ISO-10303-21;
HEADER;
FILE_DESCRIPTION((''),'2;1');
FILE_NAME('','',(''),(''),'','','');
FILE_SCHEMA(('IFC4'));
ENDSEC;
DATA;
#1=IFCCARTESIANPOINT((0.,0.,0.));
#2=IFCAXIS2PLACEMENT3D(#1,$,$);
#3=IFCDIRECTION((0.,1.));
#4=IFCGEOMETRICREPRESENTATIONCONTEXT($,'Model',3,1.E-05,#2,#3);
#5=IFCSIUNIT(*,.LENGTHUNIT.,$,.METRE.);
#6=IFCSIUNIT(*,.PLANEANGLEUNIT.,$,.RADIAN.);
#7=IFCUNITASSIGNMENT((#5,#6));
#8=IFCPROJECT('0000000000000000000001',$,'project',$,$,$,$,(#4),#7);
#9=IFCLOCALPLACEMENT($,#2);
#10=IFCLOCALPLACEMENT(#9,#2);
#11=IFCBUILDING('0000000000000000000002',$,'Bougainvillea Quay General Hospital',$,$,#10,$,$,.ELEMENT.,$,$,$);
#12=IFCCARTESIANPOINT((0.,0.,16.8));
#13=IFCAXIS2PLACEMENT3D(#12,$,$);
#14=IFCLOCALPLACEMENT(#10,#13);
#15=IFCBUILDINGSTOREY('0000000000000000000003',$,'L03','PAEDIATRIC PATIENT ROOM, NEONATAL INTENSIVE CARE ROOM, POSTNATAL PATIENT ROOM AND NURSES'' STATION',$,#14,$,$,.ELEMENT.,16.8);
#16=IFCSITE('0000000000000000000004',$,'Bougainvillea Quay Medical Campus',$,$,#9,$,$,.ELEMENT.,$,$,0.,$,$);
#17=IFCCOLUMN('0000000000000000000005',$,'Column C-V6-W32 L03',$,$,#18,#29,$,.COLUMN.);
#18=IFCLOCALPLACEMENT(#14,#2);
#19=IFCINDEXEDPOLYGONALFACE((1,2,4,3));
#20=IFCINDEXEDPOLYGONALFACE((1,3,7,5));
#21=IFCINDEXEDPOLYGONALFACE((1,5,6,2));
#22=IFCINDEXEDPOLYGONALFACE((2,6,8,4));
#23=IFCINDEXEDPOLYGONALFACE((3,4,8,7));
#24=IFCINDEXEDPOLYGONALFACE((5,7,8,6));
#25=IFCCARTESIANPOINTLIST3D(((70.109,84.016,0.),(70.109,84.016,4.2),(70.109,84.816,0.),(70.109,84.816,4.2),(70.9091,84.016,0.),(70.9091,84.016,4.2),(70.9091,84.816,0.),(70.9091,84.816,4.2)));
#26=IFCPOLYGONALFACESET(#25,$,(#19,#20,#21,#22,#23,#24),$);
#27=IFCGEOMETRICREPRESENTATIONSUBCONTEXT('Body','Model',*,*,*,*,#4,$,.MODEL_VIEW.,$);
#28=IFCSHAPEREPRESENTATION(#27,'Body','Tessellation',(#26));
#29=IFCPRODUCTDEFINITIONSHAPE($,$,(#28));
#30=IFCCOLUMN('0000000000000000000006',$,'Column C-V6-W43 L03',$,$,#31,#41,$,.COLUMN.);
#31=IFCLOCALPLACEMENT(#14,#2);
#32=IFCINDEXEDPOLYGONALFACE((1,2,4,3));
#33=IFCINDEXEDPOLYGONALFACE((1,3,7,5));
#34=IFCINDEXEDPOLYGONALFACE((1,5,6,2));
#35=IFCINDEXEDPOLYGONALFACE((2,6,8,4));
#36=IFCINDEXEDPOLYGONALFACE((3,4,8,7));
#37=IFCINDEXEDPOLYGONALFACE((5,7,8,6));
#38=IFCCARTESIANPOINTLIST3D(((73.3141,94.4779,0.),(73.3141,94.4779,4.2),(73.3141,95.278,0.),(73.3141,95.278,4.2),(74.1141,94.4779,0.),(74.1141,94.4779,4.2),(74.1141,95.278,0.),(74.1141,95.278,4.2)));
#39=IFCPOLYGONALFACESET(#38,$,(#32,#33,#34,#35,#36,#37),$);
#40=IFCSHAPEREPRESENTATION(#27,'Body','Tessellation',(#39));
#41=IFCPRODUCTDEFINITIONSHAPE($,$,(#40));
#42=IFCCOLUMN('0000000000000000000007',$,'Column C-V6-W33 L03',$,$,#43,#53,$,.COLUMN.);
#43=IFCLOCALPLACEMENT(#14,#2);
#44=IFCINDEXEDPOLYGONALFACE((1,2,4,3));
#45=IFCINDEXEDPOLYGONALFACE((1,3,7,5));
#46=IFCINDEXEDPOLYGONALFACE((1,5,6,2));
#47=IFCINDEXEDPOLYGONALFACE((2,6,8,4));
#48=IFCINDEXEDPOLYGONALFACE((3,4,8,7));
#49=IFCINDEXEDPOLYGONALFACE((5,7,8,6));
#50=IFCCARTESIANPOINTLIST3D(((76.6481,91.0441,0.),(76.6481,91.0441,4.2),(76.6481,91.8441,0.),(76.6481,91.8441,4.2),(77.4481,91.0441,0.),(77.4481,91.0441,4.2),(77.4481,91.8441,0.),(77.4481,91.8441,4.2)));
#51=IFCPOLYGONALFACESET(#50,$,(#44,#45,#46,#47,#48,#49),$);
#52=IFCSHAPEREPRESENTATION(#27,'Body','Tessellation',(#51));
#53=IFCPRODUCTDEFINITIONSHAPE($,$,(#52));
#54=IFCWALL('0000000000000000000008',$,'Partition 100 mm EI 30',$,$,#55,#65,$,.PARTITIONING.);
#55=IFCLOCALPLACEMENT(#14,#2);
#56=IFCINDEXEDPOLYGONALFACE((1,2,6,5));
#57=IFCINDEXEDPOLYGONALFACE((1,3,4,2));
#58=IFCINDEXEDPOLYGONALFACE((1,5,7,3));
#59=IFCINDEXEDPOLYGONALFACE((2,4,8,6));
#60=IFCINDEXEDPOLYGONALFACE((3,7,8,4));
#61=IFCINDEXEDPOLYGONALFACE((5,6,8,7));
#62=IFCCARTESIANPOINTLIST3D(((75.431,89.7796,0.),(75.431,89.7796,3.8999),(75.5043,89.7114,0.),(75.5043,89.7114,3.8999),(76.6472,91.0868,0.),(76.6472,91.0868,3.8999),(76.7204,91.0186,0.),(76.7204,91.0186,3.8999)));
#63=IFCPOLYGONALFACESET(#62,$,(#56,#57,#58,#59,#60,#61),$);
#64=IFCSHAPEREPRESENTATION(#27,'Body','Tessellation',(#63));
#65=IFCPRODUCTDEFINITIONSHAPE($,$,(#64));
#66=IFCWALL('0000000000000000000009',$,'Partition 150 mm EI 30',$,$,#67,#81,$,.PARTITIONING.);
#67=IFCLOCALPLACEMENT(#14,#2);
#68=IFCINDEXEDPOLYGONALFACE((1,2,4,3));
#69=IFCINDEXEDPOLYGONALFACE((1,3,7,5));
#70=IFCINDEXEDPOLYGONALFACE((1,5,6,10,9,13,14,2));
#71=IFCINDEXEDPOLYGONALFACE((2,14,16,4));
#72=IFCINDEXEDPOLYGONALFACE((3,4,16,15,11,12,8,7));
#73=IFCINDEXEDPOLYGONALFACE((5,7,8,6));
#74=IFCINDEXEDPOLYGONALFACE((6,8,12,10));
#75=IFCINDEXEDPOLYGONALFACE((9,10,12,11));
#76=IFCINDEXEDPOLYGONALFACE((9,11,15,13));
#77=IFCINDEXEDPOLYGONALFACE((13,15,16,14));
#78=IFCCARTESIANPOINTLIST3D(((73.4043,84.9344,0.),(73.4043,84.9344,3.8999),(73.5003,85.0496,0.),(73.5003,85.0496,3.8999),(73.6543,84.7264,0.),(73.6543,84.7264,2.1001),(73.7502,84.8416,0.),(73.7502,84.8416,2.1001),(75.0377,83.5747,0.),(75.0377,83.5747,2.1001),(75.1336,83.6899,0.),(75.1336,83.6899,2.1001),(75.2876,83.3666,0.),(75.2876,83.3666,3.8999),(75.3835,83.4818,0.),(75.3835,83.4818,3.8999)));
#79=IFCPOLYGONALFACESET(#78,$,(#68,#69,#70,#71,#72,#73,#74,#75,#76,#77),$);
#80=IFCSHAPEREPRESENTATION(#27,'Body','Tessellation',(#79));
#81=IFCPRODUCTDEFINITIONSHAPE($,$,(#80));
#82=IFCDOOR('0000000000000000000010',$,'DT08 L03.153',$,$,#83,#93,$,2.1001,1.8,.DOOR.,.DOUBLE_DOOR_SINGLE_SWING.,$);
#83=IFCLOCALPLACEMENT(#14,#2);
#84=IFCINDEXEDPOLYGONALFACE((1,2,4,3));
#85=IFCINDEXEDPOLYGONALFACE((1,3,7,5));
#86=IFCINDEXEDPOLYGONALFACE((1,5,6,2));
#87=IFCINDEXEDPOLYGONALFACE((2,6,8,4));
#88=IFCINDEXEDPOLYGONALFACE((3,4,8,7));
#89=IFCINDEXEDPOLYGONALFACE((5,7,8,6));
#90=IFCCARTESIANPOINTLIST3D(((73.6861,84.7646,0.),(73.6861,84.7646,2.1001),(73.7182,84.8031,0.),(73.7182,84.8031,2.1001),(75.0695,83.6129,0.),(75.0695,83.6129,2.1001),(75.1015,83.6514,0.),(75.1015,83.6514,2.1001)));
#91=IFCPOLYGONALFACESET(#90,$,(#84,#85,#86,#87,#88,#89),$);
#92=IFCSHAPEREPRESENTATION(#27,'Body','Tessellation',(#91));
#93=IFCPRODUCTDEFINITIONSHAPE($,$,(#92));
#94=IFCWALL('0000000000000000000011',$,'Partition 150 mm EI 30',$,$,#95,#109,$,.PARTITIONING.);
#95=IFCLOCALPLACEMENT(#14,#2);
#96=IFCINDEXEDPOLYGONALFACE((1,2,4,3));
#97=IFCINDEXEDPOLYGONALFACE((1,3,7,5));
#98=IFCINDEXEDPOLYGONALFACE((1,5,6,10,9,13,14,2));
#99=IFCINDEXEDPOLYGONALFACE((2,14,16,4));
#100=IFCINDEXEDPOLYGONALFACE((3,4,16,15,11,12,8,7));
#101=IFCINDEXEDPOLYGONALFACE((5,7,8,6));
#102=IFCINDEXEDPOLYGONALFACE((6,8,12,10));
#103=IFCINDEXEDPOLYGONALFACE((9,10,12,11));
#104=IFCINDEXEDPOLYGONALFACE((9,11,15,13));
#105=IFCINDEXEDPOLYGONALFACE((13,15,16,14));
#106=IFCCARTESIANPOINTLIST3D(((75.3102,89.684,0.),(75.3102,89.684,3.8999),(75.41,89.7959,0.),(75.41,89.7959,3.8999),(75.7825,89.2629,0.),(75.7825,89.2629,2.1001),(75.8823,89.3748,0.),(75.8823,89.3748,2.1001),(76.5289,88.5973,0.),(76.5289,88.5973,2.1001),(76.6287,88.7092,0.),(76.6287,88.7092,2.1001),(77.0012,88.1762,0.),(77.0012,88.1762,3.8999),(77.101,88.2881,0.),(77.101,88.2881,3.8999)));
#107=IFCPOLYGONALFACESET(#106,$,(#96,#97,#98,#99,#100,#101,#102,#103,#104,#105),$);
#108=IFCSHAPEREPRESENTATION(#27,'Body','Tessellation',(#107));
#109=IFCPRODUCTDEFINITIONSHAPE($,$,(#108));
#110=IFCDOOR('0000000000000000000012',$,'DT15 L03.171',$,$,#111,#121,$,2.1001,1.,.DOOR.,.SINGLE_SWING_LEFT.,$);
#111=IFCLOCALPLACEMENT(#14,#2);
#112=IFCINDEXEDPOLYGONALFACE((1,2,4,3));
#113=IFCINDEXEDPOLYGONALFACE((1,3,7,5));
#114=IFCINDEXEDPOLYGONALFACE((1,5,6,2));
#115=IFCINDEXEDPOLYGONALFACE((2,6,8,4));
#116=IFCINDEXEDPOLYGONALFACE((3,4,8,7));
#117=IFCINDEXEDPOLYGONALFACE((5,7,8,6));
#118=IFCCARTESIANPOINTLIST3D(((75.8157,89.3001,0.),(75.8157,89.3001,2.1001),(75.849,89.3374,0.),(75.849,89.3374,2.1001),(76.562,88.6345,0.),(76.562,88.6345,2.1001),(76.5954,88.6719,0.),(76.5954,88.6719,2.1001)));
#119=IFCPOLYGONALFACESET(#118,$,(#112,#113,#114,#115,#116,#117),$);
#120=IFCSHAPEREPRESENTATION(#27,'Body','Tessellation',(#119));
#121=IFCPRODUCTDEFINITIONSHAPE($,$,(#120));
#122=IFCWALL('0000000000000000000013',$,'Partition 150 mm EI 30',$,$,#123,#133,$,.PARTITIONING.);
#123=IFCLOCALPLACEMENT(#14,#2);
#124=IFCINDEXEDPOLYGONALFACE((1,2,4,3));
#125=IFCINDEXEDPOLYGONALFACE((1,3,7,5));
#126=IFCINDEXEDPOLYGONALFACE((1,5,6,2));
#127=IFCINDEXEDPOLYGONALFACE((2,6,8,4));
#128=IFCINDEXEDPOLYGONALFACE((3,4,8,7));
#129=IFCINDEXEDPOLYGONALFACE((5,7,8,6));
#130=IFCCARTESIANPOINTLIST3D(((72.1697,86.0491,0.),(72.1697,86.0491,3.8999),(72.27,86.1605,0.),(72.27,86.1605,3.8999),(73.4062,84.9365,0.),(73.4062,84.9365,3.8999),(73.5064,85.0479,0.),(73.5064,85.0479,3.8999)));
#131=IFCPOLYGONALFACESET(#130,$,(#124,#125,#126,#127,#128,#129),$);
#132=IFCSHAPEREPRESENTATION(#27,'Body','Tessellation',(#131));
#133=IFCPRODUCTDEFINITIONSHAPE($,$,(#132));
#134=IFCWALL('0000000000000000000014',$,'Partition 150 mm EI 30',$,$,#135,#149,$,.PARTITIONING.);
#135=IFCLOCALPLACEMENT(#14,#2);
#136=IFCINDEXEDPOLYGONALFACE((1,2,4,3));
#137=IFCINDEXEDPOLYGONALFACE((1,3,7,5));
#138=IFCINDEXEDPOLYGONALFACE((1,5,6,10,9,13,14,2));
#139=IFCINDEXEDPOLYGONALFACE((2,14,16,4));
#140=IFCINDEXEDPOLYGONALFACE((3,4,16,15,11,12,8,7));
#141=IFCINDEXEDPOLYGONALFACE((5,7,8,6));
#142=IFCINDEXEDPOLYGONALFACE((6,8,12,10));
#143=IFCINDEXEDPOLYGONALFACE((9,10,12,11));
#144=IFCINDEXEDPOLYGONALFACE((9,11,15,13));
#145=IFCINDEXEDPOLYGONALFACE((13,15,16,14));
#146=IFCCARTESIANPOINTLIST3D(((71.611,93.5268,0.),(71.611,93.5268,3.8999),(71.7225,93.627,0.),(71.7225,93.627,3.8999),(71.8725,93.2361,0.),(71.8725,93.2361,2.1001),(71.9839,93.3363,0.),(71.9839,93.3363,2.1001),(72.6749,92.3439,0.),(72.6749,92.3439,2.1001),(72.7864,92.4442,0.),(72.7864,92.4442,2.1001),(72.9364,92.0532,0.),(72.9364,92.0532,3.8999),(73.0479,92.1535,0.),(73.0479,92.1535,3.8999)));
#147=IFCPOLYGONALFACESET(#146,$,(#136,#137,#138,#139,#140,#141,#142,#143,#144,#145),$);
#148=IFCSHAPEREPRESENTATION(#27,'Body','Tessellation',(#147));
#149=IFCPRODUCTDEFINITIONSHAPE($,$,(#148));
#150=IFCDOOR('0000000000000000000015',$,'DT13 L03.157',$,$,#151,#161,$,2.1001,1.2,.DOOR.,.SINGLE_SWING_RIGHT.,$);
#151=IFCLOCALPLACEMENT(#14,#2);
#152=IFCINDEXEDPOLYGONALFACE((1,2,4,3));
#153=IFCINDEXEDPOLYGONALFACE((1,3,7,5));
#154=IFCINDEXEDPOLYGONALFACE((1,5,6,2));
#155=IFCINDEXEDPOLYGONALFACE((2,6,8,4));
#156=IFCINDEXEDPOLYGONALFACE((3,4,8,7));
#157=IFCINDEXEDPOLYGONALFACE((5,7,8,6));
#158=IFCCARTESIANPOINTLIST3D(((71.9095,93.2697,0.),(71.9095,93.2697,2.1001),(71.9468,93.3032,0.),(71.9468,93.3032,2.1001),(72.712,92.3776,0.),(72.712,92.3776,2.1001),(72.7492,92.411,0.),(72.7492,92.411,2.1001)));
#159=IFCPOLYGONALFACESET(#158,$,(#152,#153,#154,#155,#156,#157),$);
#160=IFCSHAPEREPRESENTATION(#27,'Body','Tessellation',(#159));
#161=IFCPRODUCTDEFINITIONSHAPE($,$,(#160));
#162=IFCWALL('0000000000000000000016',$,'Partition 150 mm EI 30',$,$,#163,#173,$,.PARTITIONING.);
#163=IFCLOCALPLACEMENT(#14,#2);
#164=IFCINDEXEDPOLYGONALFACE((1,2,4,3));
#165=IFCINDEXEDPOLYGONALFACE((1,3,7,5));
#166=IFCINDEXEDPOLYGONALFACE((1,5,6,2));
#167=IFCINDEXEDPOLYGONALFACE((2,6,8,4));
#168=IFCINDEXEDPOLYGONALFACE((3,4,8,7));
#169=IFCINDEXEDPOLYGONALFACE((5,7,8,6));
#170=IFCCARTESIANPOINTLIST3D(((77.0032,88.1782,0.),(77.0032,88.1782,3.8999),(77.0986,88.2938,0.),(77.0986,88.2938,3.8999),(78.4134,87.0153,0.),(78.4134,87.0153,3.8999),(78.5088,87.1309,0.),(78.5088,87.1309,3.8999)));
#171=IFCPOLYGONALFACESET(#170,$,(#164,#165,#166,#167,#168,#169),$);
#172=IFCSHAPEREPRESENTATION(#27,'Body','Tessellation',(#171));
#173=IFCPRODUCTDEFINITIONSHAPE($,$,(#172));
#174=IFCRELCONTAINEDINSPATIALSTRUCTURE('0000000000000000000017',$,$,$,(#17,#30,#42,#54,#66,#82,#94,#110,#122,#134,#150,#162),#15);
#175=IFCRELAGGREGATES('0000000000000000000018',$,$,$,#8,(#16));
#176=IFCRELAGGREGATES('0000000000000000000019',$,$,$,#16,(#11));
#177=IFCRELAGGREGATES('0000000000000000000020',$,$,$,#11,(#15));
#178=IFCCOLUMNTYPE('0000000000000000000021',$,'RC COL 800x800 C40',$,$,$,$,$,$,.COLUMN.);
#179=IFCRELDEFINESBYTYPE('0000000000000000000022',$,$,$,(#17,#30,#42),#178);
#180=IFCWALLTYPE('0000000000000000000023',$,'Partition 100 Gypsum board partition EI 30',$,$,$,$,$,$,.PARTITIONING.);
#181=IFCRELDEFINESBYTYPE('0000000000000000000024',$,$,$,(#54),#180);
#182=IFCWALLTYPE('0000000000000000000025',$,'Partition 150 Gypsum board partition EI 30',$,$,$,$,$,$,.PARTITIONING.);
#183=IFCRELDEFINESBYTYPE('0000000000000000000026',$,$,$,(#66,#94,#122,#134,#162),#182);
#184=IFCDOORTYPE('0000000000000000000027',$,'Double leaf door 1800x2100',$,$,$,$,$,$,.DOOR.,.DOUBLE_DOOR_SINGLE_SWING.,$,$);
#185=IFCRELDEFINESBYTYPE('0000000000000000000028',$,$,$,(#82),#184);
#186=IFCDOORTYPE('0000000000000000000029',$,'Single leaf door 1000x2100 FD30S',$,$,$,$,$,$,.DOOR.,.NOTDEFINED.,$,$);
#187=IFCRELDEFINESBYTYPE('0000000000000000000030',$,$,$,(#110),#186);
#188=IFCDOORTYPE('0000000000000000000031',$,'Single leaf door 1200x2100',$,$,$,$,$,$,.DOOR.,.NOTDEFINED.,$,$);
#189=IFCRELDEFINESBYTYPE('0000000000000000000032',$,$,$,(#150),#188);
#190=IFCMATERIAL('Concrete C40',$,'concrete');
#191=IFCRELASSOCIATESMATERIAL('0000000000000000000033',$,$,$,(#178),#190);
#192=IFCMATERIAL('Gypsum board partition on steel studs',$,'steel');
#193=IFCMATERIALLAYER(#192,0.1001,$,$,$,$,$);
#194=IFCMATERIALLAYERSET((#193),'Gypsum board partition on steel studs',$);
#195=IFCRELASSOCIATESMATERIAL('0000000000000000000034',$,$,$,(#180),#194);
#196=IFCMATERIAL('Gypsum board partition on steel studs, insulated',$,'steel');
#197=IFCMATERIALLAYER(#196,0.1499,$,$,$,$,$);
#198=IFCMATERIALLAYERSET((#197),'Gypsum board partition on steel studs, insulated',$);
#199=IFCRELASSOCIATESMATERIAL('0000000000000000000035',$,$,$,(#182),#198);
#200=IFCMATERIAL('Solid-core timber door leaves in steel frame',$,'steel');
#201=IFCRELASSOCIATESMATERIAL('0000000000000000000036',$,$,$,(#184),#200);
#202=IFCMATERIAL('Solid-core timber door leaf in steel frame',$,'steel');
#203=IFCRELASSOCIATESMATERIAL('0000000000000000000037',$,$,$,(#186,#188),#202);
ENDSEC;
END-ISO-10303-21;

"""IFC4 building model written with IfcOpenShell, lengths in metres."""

from ifc_helpers import new_model, si_unit, direction, frame, frame_2d, origin, origin_2d, place, context, subcontext, project, spatial, rectangle, extrude, material, layer, layer_set, material_profile, profile_set, type_object, element, fill, save


model = new_model("IFC4")

# Units and contexts
model_context = context("Model", 3, precision=1e-05, world=origin(), true_north=direction((0.0, 1.0)))
body_context = subcontext(model_context, "Body", "Model", "MODEL_VIEW")
ifc_project = project(units=[si_unit("LENGTHUNIT", "METRE"), si_unit("PLANEANGLEUNIT", "RADIAN")], contexts=[model_context])

# Site, building, storey
site_placement = place(None, origin())
site = spatial("IfcSite", under=ifc_project, at=site_placement, Name="Bougainvillea Quay Medical Campus", CompositionType="ELEMENT", RefElevation=0.0)
building_placement = place(site_placement, origin())
building = spatial("IfcBuilding", under=site, at=building_placement, Name="Bougainvillea Quay General Hospital", CompositionType="ELEMENT")
storey_placement = place(building_placement, frame((0.0, 0.0, 16.8)))
storey = spatial("IfcBuildingStorey", under=building, at=storey_placement, Name="L03", Description="PAEDIATRIC PATIENT ROOM, NEONATAL INTENSIVE CARE ROOM, POSTNATAL PATIENT ROOM AND NURSES' STATION", CompositionType="ELEMENT", Elevation=16.8)

# Columns
ifc_material_1 = material(Name="Concrete C40", Category="concrete")
ifc_material_profile = material_profile(ifc_material_1, rectangle(XDim=0.8, YDim=0.8, at=origin_2d()))
ifc_profile_set = profile_set([ifc_material_profile], Name="Concrete C40")
column_type = type_object("IfcColumnType", Name="RC COL 800x800 C40", PredefinedType="COLUMN", material=ifc_profile_set)
for number, where, z_axis, x_axis, name in (
    (1, (70.509, 84.416, 0.0), (0.0, 0.0, 1.0), (1.0, 0.0, 0.0), "Column C-V6-W32 L03"),
    (2, (73.7141, 94.8779, 0.0), (0.0, 0.0, 1.0), (1.0, 0.0, 0.0), "Column C-V6-W43 L03"),
    (3, (77.0481, 91.4441, 0.0), (0.0, 0.0, 1.0), (1.0, 0.0, 0.0), "Column C-V6-W33 L03"),
):
    element("IfcColumn", number, at=place(storey_placement, frame(where, z_axis=z_axis, x_axis=x_axis)), inside=storey, type_object=column_type, Name=name, PredefinedType="COLUMN", context=body_context, shape_type="SweptSolid", body=[
        extrude(rectangle(XDim=0.8, YDim=0.8, at=origin_2d()), origin(), (0.0, 0.0, 1.0), 4.2),
    ])

# Wall
ifc_material_2 = material(Name="Gypsum board partition on steel studs", Category="steel")
ifc_layer_1 = layer(ifc_material_2, 0.1001)
ifc_layer_set_1 = layer_set([ifc_layer_1], Name="Gypsum board partition on steel studs")
wall_type_1 = type_object("IfcWallType", Name="Partition 100 Gypsum board partition EI 30", PredefinedType="PARTITIONING", material=ifc_layer_set_1)
wall_1_placement = place(storey_placement, frame((75.4678, 89.7456, 0.0), z_axis=(0.0, 0.0, 1.0), x_axis=(0.681143, 0.73215, 0.0)))
element("IfcWall", 4, at=wall_1_placement, inside=storey, type_object=wall_type_1, Name="Partition 100 mm EI 30", PredefinedType="PARTITIONING", context=body_context, shape_type="SweptSolid", body=[
    extrude(rectangle(XDim=1.7854, YDim=0.1001, at=frame_2d((0.8926, 0.0))), origin(), (0.0, 0.0, 1.0), 3.8999),
])

# Walls, openings, doors
ifc_material_3 = material(Name="Gypsum board partition on steel studs, insulated", Category="steel")
ifc_layer_2 = layer(ifc_material_3, 0.1499)
ifc_layer_set_2 = layer_set([ifc_layer_2], Name="Gypsum board partition on steel studs, insulated")
wall_type_2 = type_object("IfcWallType", Name="Partition 150 Gypsum board partition EI 30", PredefinedType="PARTITIONING", material=ifc_layer_set_2)
wall_2_placement = place(storey_placement, frame((73.4524, 84.9919, 0.0), z_axis=(0.0, 0.0, 1.0), x_axis=(0.768532, -0.639812, 0.0)))
wall_2 = element("IfcWall", 5, at=wall_2_placement, inside=storey, type_object=wall_type_2, Name="Partition 150 mm EI 30", PredefinedType="PARTITIONING", context=body_context, shape_type="SweptSolid", body=[
    extrude(rectangle(XDim=2.4504, YDim=0.1499, at=frame_2d((1.2251, 0.0))), origin(), (0.0, 0.0, 1.0), 3.8999),
])
opening_1_placement = place(wall_2_placement, frame((0.3252, 0.0, 0.0)))
opening_1 = element("IfcOpeningElement", 6, at=opening_1_placement, cuts=wall_2, PredefinedType="OPENING", context=body_context, shape_type="SweptSolid", body=[
    extrude(rectangle(XDim=1.8, YDim=2.1001, at=frame_2d((0.8999, 1.05))), frame((0.0, 0.085, 0.0), z_axis=(0.0, -1.0, 0.0), x_axis=(1.0, 0.0, 0.0)), (0.0, 0.0, 1.0), 0.1699),
])
ifc_material_4 = material(Name="Solid-core timber door leaves in steel frame", Category="steel")
door_type_1 = type_object("IfcDoorType", Name="Double leaf door 1800x2100", OperationType="DOUBLE_DOOR_SINGLE_SWING", PredefinedType="DOOR", material=ifc_material_4)
door_1_placement = place(opening_1_placement, origin())
door_1 = element("IfcDoor", 7, at=door_1_placement, inside=storey, type_object=door_type_1, Name="DT08 L03.153", OperationType="DOUBLE_DOOR_SINGLE_SWING", OverallHeight=2.1001, OverallWidth=1.8, PredefinedType="DOOR", context=body_context, shape_type="SweptSolid", body=[
    extrude(rectangle(XDim=1.8, YDim=2.1001, at=frame_2d((0.8999, 1.05))), frame((0.0, 0.0249, 0.0), z_axis=(0.0, -1.0, 0.0), x_axis=(1.0, 0.0, 0.0)), (0.0, 0.0, 1.0), 0.05),
])
fill(opening_1, door_1)
wall_3_placement = place(storey_placement, frame((75.3601, 89.74, 0.0), z_axis=(0.0, 0.0, 1.0), x_axis=(0.746362, -0.66554, 0.0)))
wall_3 = element("IfcWall", 8, at=wall_3_placement, inside=storey, type_object=wall_type_2, Name="Partition 150 mm EI 30", PredefinedType="PARTITIONING", context=body_context, shape_type="SweptSolid", body=[
    extrude(rectangle(XDim=2.2656, YDim=0.1499, at=frame_2d((1.1328, 0.0))), origin(), (0.0, 0.0, 1.0), 3.8999),
])
opening_2_placement = place(wall_3_placement, frame((0.6328, 0.0, 0.0)))
opening_2 = element("IfcOpeningElement", 9, at=opening_2_placement, cuts=wall_3, PredefinedType="OPENING", context=body_context, shape_type="SweptSolid", body=[
    extrude(rectangle(XDim=1.0, YDim=2.1001, at=frame_2d((0.5, 1.05))), frame((0.0, 0.085, 0.0), z_axis=(0.0, -1.0, 0.0), x_axis=(1.0, 0.0, 0.0)), (0.0, 0.0, 1.0), 0.1699),
])
ifc_material_5 = material(Name="Solid-core timber door leaf in steel frame", Category="steel")
door_type_2 = type_object("IfcDoorType", Name="Single leaf door 1000x2100 FD30S", OperationType="NOTDEFINED", PredefinedType="DOOR", material=ifc_material_5)
door_2_placement = place(opening_2_placement, origin())
door_2 = element("IfcDoor", 10, at=door_2_placement, inside=storey, type_object=door_type_2, Name="DT15 L03.171", OperationType="SINGLE_SWING_LEFT", OverallHeight=2.1001, OverallWidth=1.0, PredefinedType="DOOR", context=body_context, shape_type="SweptSolid", body=[
    extrude(rectangle(XDim=1.0, YDim=2.1001, at=frame_2d((0.5, 1.05))), frame((0.0, 0.0249, 0.0), z_axis=(0.0, -1.0, 0.0), x_axis=(1.0, 0.0, 0.0)), (0.0, 0.0, 1.0), 0.05),
])
fill(opening_2, door_2)

# Wall
wall_4_placement = place(storey_placement, frame((72.22, 86.1047, 0.0), z_axis=(0.0, 0.0, 1.0), x_axis=(0.743338, -0.668916, 0.0)))
element("IfcWall", 11, at=wall_4_placement, inside=storey, type_object=wall_type_2, Name="Partition 150 mm EI 30", PredefinedType="PARTITIONING", context=body_context, shape_type="SweptSolid", body=[
    extrude(rectangle(XDim=1.6633, YDim=0.1499, at=frame_2d((0.8315, 0.0))), origin(), (0.0, 0.0, 1.0), 3.8999),
])

# Wall, opening, door
wall_5_placement = place(storey_placement, frame((71.6667, 93.5769, 0.0), z_axis=(0.0, 0.0, 1.0), x_axis=(0.668733, -0.743502, 0.0)))
wall_5 = element("IfcWall", 12, at=wall_5_placement, inside=storey, type_object=wall_type_2, Name="Partition 150 mm EI 30", PredefinedType="PARTITIONING", context=body_context, shape_type="SweptSolid", body=[
    extrude(rectangle(XDim=1.9819, YDim=0.1499, at=frame_2d((0.991, 0.0))), origin(), (0.0, 0.0, 1.0), 3.8999),
])
opening_3_placement = place(wall_5_placement, frame((0.3909, 0.0, 0.0)))
opening_3 = element("IfcOpeningElement", 13, at=opening_3_placement, cuts=wall_5, PredefinedType="OPENING", context=body_context, shape_type="SweptSolid", body=[
    extrude(rectangle(XDim=1.2, YDim=2.1001, at=frame_2d((0.6001, 1.05))), frame((0.0, 0.085, 0.0), z_axis=(0.0, -1.0, 0.0), x_axis=(1.0, 0.0, 0.0)), (0.0, 0.0, 1.0), 0.1699),
])
door_type_3 = type_object("IfcDoorType", Name="Single leaf door 1200x2100", OperationType="NOTDEFINED", PredefinedType="DOOR", material=ifc_material_5)
door_3_placement = place(opening_3_placement, frame((1.2, 0.0, 0.0), z_axis=(0.0, 0.0, 1.0), x_axis=(-1.0, 0.0, 0.0)))
door_3 = element("IfcDoor", 14, at=door_3_placement, inside=storey, type_object=door_type_3, Name="DT13 L03.157", OperationType="SINGLE_SWING_RIGHT", OverallHeight=2.1001, OverallWidth=1.2, PredefinedType="DOOR", context=body_context, shape_type="SweptSolid", body=[
    extrude(rectangle(XDim=1.2, YDim=2.1001, at=frame_2d((0.6001, 1.05))), frame((0.0, 0.0249, 0.0), z_axis=(0.0, -1.0, 0.0), x_axis=(1.0, 0.0, 0.0)), (0.0, 0.0, 1.0), 0.05),
])
fill(opening_3, door_3)

# Wall
wall_6_placement = place(storey_placement, frame((77.0508, 88.2361, 0.0), z_axis=(0.0, 0.0, 1.0), x_axis=(0.771518, -0.636208, 0.0)))
element("IfcWall", 15, at=wall_6_placement, inside=storey, type_object=wall_type_2, Name="Partition 150 mm EI 30", PredefinedType="PARTITIONING", context=body_context, shape_type="SweptSolid", body=[
    extrude(rectangle(XDim=1.8279, YDim=0.1499, at=frame_2d((0.9141, 0.0))), origin(), (0.0, 0.0, 1.0), 3.8999),
])

save(model, "model.ifc")
